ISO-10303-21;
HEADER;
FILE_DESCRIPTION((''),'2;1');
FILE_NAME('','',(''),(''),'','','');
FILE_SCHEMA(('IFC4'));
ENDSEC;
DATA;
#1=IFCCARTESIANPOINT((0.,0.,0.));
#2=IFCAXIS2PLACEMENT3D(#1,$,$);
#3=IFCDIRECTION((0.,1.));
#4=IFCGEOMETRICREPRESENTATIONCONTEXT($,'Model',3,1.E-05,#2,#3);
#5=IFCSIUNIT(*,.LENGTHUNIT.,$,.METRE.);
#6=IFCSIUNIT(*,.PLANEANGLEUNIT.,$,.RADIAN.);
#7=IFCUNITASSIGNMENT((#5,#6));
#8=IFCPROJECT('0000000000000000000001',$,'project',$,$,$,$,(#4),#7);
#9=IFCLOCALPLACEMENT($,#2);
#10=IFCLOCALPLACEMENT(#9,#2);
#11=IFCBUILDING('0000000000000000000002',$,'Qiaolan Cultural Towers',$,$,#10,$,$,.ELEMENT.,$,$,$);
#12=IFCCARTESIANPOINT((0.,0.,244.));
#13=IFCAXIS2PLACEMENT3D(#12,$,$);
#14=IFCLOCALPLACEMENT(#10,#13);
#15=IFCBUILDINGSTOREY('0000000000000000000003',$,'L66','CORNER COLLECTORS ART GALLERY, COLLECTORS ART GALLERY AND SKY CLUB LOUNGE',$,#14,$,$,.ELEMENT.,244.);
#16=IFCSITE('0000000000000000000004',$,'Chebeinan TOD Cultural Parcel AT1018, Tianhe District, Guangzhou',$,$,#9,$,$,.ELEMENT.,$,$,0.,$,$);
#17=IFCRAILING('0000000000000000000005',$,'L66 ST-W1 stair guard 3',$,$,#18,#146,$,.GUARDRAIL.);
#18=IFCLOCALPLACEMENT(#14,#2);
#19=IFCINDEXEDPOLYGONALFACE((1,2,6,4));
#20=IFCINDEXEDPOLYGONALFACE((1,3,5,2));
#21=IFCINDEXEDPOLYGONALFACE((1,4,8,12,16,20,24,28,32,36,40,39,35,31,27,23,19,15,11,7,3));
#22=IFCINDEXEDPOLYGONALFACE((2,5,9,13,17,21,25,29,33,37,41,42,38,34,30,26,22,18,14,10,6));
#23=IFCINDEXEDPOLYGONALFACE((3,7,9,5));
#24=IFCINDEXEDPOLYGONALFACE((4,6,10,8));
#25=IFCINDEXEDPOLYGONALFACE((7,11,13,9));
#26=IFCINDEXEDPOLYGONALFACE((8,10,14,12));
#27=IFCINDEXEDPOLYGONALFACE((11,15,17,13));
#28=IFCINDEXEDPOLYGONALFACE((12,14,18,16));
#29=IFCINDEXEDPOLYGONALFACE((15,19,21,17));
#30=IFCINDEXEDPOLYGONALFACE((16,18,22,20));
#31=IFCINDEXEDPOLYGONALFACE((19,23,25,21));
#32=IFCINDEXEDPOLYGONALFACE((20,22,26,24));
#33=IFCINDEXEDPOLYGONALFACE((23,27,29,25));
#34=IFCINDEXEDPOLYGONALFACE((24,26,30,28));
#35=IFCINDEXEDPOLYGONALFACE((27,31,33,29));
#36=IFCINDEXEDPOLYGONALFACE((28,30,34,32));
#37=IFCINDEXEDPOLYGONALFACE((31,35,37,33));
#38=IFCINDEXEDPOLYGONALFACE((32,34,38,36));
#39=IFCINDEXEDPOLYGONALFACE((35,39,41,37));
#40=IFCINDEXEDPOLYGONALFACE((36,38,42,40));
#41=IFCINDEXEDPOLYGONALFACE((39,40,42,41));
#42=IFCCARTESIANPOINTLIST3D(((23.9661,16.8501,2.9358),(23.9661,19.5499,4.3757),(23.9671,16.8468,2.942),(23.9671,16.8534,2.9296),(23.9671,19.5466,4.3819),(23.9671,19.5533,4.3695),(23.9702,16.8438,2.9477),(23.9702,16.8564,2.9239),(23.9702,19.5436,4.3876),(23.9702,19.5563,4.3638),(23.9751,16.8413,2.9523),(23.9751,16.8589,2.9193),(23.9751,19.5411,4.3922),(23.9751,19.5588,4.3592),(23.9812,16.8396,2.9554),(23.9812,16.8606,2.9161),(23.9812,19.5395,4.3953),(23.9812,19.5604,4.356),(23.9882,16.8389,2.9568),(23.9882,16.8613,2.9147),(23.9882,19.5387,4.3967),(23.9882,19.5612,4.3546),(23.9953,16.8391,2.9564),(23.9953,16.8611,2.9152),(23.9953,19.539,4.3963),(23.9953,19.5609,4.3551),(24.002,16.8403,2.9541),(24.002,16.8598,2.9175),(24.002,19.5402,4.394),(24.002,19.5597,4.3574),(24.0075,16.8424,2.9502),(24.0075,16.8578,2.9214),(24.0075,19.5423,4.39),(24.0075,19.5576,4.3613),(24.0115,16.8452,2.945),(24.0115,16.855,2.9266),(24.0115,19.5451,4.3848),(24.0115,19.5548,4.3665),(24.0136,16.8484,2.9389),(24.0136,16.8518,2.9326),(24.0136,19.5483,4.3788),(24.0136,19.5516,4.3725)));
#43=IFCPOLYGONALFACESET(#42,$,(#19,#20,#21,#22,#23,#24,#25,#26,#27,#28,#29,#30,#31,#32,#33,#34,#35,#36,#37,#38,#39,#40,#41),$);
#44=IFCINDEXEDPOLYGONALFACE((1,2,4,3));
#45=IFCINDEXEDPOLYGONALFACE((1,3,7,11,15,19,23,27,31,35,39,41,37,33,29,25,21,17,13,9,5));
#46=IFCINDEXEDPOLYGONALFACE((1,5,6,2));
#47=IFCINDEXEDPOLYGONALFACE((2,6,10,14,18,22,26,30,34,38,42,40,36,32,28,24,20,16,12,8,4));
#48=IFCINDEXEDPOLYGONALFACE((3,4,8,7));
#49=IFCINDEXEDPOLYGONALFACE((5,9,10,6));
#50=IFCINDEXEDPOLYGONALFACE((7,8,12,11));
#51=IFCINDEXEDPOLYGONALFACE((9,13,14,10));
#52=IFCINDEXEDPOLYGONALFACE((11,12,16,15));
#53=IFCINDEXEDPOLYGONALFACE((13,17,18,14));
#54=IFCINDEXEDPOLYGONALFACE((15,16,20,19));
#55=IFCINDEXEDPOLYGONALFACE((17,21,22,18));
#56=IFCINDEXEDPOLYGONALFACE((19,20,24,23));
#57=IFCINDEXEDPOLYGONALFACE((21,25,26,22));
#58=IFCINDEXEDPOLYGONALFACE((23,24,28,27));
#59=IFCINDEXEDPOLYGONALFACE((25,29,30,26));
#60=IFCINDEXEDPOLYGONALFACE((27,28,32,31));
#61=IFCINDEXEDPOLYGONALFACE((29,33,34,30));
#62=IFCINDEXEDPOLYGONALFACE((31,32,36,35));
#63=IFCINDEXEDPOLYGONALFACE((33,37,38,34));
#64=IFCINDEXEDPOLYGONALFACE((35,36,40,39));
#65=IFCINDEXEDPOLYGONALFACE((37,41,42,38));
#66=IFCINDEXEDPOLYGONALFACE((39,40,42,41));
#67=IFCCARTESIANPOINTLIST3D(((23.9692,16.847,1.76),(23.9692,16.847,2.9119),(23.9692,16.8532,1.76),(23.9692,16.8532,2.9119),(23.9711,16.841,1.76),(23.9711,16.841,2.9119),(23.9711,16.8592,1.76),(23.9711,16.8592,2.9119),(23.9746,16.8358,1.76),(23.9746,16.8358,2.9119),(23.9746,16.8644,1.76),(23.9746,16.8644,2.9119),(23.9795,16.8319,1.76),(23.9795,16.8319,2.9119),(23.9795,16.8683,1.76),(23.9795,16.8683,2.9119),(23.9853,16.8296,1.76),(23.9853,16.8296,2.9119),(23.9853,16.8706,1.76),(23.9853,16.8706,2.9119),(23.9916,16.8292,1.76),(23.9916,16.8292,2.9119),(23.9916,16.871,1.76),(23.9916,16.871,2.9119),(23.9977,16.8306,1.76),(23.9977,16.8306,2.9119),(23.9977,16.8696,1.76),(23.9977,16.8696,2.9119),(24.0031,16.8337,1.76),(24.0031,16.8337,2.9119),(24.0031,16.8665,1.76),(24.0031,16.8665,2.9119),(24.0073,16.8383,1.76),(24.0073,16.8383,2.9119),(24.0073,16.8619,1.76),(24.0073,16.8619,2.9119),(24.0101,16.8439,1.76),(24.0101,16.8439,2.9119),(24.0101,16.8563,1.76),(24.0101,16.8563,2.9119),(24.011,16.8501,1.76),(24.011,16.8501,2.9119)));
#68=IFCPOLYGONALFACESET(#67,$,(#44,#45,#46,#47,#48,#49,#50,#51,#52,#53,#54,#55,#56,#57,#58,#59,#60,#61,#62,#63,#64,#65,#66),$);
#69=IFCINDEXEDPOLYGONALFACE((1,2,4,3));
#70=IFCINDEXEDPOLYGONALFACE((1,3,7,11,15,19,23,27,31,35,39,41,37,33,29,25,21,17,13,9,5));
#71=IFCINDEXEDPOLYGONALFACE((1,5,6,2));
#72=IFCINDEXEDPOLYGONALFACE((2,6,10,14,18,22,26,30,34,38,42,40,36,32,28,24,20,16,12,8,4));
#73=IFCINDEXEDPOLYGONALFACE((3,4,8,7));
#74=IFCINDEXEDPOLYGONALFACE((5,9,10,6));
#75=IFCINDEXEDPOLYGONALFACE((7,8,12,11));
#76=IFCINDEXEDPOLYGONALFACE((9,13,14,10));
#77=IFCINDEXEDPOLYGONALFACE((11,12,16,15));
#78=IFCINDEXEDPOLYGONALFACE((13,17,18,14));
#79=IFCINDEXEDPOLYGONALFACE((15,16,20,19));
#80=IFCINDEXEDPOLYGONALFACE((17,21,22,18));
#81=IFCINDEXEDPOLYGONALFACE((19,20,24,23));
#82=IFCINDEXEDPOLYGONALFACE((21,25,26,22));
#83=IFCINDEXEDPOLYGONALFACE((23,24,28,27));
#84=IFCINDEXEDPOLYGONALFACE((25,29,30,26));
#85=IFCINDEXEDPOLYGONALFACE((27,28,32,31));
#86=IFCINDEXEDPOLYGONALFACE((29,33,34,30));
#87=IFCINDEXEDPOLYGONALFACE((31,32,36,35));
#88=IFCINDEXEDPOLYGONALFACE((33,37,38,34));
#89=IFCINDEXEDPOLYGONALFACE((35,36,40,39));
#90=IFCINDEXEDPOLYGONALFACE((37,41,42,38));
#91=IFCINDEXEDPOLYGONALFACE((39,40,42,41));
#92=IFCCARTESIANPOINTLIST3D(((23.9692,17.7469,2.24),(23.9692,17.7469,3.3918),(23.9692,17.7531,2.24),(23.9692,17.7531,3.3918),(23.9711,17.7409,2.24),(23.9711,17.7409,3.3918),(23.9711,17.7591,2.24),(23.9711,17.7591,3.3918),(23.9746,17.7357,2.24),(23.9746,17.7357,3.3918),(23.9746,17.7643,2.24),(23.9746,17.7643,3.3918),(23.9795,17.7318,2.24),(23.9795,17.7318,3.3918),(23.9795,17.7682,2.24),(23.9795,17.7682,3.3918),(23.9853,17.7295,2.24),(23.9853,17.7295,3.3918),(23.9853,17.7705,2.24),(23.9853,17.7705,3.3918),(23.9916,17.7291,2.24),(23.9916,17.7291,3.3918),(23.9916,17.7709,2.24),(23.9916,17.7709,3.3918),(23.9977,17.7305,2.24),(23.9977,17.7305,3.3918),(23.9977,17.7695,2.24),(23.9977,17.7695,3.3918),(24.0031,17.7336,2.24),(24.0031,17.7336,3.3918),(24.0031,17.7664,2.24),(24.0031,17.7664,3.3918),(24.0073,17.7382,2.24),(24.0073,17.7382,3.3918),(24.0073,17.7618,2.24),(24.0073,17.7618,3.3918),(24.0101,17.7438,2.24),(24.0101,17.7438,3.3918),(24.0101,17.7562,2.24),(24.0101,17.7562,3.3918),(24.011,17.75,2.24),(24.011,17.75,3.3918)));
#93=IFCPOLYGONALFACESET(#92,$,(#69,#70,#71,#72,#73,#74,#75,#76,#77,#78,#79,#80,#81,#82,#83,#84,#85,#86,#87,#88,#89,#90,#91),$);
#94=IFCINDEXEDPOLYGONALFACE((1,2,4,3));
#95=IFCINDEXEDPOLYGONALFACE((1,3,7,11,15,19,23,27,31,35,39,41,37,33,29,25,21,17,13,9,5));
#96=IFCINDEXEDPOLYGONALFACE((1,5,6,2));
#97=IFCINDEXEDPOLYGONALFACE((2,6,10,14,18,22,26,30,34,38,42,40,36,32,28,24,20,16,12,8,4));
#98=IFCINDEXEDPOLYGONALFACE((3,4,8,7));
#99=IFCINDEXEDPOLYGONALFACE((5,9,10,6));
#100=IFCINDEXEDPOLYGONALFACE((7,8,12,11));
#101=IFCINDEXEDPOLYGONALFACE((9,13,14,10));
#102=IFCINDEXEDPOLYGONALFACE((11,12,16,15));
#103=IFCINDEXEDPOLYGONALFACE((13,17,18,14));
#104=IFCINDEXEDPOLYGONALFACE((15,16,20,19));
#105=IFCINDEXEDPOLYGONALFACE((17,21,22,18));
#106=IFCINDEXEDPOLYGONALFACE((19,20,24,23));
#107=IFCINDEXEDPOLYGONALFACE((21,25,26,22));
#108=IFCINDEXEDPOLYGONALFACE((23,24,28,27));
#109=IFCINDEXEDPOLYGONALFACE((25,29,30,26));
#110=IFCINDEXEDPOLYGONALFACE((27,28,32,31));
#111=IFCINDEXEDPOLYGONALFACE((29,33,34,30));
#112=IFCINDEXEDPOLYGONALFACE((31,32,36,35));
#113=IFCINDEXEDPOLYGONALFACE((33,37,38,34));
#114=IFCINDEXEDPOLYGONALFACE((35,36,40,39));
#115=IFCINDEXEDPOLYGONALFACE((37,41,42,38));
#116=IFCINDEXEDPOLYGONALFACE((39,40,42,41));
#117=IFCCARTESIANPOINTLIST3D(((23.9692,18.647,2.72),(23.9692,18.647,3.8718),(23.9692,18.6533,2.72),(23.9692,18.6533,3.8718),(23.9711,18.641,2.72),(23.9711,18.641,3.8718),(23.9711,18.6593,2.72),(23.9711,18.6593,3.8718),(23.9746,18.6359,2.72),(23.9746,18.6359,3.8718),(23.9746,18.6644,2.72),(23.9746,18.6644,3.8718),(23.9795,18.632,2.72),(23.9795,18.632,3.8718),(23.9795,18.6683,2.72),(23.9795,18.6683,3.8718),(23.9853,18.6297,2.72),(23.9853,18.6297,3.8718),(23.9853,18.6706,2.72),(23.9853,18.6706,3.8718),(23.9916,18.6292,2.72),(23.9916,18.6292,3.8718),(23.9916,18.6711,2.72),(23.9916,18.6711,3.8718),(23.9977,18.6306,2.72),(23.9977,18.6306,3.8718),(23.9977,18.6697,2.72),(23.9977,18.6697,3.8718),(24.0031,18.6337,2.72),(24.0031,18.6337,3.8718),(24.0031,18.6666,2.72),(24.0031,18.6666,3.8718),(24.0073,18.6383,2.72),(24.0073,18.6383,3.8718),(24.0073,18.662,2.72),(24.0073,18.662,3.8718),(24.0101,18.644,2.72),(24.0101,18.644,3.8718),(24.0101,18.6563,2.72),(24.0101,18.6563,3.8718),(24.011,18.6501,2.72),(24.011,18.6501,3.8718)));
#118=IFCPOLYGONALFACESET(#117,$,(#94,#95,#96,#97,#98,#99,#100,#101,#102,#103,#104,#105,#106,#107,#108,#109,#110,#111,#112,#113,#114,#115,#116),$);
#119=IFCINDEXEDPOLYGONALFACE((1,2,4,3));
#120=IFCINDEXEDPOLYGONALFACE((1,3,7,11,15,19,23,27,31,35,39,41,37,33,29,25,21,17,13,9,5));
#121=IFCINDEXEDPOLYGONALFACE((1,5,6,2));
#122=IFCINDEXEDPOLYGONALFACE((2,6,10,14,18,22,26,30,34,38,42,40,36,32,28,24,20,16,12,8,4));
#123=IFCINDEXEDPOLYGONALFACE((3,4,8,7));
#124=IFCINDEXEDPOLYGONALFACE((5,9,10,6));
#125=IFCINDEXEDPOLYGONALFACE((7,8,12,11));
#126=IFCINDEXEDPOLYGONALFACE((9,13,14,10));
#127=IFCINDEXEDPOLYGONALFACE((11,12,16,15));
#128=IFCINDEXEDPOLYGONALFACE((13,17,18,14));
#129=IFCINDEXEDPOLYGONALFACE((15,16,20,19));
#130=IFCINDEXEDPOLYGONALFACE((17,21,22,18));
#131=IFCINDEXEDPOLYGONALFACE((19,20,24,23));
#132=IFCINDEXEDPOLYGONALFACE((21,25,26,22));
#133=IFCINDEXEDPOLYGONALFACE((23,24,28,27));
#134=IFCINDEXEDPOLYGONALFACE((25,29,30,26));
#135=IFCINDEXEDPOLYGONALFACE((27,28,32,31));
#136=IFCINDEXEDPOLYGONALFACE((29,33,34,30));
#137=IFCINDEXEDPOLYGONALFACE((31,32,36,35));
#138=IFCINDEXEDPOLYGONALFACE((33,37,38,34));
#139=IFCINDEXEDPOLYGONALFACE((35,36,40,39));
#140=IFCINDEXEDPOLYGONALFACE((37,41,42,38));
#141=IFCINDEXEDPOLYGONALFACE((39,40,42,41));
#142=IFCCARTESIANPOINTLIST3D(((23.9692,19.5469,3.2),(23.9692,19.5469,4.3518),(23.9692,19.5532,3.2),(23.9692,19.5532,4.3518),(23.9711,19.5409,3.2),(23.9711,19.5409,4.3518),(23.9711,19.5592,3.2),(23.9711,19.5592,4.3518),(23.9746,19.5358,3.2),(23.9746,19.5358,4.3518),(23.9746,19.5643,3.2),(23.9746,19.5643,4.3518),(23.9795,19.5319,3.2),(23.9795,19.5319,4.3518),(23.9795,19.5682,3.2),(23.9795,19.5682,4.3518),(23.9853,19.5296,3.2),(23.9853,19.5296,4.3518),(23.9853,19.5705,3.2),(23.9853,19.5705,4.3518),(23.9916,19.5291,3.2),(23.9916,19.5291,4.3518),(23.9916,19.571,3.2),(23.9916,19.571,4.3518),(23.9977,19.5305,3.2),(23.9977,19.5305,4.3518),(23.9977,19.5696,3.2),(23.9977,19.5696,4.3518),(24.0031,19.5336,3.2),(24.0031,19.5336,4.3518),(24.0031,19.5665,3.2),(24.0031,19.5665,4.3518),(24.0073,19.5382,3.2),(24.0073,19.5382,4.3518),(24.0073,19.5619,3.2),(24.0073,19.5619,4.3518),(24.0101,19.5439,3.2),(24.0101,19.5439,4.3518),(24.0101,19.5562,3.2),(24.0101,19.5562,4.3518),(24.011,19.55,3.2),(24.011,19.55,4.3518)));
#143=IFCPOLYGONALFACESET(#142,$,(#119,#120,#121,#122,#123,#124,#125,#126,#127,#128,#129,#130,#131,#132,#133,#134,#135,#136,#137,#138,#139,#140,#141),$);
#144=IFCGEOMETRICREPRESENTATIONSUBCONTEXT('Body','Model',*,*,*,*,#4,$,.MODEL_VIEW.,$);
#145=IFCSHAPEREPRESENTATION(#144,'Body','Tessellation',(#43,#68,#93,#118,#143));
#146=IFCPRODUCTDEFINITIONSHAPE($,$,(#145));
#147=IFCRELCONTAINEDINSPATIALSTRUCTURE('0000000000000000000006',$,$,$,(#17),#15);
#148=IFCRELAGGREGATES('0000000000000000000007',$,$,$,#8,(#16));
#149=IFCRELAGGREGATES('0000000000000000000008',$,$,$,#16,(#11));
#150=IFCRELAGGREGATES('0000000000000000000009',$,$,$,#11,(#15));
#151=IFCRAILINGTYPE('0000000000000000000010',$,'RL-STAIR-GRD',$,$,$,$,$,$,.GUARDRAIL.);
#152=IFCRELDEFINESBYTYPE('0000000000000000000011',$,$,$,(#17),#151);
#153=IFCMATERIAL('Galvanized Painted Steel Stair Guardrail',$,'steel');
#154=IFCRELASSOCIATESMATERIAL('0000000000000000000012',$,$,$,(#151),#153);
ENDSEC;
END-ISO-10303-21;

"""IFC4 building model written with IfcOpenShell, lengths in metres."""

from ifc_helpers import new_model, si_unit, direction, frame, origin, origin_2d, place, context, subcontext, project, spatial, circle, extrude, material, type_object, element, save


model = new_model("IFC4")

# Units and contexts
model_context = context("Model", 3, precision=1e-05, world=origin(), true_north=direction((0.0, 1.0)))
body_context = subcontext(model_context, "Body", "Model", "MODEL_VIEW")
ifc_project = project(units=[si_unit("LENGTHUNIT", "METRE"), si_unit("PLANEANGLEUNIT", "RADIAN")], contexts=[model_context])

# Site, building, storey
site_placement = place(None, origin())
site = spatial("IfcSite", under=ifc_project, at=site_placement, Name="Chebeinan TOD Cultural Parcel AT1018, Tianhe District, Guangzhou", CompositionType="ELEMENT", RefElevation=0.0)
building_placement = place(site_placement, origin())
building = spatial("IfcBuilding", under=site, at=building_placement, Name="Qiaolan Cultural Towers", CompositionType="ELEMENT")
storey_placement = place(building_placement, frame((0.0, 0.0, 244.0)))
storey = spatial("IfcBuildingStorey", under=building, at=storey_placement, Name="L66", Description="CORNER COLLECTORS ART GALLERY, COLLECTORS ART GALLERY AND SKY CLUB LOUNGE", CompositionType="ELEMENT", Elevation=244.0)

# Railing
ifc_material_1 = material(Name="Galvanized Painted Steel Stair Guardrail", Category="steel")
railing_type_1 = type_object("IfcRailingType", Name="RL-STAIR-GRD", PredefinedType="GUARDRAIL", material=ifc_material_1)
railing_1_placement = place(storey_placement, frame((23.99, 16.8501, 1.76)))
element("IfcRailing", 1, at=railing_1_placement, inside=storey, type_object=railing_type_1, Name="L66 ST-W1 stair guard 3", PredefinedType="GUARDRAIL", context=body_context, shape_type="SweptSolid", body=[
    extrude(circle(Radius=0.0239, at=origin_2d()), frame((0.0, 0.0, 1.1758), z_axis=(0.0, 0.882357, 0.47058), x_axis=(-1.0, 0.0, 0.0)), (0.0, 0.0, 1.0), 3.0598),
    extrude(circle(Radius=0.021, at=origin_2d()), origin(), (0.0, 0.0, 1.0), 1.1519),
    extrude(circle(Radius=0.021, at=origin_2d()), frame((0.0, 0.8999, 0.48)), (0.0, 0.0, 1.0), 1.1519),
    extrude(circle(Radius=0.021, at=origin_2d()), frame((0.0, 1.8, 0.96)), (0.0, 0.0, 1.0), 1.1519),
    extrude(circle(Radius=0.021, at=origin_2d()), frame((0.0, 2.7, 1.4399)), (0.0, 0.0, 1.0), 1.1519),
])

save(model, "model.ifc")
